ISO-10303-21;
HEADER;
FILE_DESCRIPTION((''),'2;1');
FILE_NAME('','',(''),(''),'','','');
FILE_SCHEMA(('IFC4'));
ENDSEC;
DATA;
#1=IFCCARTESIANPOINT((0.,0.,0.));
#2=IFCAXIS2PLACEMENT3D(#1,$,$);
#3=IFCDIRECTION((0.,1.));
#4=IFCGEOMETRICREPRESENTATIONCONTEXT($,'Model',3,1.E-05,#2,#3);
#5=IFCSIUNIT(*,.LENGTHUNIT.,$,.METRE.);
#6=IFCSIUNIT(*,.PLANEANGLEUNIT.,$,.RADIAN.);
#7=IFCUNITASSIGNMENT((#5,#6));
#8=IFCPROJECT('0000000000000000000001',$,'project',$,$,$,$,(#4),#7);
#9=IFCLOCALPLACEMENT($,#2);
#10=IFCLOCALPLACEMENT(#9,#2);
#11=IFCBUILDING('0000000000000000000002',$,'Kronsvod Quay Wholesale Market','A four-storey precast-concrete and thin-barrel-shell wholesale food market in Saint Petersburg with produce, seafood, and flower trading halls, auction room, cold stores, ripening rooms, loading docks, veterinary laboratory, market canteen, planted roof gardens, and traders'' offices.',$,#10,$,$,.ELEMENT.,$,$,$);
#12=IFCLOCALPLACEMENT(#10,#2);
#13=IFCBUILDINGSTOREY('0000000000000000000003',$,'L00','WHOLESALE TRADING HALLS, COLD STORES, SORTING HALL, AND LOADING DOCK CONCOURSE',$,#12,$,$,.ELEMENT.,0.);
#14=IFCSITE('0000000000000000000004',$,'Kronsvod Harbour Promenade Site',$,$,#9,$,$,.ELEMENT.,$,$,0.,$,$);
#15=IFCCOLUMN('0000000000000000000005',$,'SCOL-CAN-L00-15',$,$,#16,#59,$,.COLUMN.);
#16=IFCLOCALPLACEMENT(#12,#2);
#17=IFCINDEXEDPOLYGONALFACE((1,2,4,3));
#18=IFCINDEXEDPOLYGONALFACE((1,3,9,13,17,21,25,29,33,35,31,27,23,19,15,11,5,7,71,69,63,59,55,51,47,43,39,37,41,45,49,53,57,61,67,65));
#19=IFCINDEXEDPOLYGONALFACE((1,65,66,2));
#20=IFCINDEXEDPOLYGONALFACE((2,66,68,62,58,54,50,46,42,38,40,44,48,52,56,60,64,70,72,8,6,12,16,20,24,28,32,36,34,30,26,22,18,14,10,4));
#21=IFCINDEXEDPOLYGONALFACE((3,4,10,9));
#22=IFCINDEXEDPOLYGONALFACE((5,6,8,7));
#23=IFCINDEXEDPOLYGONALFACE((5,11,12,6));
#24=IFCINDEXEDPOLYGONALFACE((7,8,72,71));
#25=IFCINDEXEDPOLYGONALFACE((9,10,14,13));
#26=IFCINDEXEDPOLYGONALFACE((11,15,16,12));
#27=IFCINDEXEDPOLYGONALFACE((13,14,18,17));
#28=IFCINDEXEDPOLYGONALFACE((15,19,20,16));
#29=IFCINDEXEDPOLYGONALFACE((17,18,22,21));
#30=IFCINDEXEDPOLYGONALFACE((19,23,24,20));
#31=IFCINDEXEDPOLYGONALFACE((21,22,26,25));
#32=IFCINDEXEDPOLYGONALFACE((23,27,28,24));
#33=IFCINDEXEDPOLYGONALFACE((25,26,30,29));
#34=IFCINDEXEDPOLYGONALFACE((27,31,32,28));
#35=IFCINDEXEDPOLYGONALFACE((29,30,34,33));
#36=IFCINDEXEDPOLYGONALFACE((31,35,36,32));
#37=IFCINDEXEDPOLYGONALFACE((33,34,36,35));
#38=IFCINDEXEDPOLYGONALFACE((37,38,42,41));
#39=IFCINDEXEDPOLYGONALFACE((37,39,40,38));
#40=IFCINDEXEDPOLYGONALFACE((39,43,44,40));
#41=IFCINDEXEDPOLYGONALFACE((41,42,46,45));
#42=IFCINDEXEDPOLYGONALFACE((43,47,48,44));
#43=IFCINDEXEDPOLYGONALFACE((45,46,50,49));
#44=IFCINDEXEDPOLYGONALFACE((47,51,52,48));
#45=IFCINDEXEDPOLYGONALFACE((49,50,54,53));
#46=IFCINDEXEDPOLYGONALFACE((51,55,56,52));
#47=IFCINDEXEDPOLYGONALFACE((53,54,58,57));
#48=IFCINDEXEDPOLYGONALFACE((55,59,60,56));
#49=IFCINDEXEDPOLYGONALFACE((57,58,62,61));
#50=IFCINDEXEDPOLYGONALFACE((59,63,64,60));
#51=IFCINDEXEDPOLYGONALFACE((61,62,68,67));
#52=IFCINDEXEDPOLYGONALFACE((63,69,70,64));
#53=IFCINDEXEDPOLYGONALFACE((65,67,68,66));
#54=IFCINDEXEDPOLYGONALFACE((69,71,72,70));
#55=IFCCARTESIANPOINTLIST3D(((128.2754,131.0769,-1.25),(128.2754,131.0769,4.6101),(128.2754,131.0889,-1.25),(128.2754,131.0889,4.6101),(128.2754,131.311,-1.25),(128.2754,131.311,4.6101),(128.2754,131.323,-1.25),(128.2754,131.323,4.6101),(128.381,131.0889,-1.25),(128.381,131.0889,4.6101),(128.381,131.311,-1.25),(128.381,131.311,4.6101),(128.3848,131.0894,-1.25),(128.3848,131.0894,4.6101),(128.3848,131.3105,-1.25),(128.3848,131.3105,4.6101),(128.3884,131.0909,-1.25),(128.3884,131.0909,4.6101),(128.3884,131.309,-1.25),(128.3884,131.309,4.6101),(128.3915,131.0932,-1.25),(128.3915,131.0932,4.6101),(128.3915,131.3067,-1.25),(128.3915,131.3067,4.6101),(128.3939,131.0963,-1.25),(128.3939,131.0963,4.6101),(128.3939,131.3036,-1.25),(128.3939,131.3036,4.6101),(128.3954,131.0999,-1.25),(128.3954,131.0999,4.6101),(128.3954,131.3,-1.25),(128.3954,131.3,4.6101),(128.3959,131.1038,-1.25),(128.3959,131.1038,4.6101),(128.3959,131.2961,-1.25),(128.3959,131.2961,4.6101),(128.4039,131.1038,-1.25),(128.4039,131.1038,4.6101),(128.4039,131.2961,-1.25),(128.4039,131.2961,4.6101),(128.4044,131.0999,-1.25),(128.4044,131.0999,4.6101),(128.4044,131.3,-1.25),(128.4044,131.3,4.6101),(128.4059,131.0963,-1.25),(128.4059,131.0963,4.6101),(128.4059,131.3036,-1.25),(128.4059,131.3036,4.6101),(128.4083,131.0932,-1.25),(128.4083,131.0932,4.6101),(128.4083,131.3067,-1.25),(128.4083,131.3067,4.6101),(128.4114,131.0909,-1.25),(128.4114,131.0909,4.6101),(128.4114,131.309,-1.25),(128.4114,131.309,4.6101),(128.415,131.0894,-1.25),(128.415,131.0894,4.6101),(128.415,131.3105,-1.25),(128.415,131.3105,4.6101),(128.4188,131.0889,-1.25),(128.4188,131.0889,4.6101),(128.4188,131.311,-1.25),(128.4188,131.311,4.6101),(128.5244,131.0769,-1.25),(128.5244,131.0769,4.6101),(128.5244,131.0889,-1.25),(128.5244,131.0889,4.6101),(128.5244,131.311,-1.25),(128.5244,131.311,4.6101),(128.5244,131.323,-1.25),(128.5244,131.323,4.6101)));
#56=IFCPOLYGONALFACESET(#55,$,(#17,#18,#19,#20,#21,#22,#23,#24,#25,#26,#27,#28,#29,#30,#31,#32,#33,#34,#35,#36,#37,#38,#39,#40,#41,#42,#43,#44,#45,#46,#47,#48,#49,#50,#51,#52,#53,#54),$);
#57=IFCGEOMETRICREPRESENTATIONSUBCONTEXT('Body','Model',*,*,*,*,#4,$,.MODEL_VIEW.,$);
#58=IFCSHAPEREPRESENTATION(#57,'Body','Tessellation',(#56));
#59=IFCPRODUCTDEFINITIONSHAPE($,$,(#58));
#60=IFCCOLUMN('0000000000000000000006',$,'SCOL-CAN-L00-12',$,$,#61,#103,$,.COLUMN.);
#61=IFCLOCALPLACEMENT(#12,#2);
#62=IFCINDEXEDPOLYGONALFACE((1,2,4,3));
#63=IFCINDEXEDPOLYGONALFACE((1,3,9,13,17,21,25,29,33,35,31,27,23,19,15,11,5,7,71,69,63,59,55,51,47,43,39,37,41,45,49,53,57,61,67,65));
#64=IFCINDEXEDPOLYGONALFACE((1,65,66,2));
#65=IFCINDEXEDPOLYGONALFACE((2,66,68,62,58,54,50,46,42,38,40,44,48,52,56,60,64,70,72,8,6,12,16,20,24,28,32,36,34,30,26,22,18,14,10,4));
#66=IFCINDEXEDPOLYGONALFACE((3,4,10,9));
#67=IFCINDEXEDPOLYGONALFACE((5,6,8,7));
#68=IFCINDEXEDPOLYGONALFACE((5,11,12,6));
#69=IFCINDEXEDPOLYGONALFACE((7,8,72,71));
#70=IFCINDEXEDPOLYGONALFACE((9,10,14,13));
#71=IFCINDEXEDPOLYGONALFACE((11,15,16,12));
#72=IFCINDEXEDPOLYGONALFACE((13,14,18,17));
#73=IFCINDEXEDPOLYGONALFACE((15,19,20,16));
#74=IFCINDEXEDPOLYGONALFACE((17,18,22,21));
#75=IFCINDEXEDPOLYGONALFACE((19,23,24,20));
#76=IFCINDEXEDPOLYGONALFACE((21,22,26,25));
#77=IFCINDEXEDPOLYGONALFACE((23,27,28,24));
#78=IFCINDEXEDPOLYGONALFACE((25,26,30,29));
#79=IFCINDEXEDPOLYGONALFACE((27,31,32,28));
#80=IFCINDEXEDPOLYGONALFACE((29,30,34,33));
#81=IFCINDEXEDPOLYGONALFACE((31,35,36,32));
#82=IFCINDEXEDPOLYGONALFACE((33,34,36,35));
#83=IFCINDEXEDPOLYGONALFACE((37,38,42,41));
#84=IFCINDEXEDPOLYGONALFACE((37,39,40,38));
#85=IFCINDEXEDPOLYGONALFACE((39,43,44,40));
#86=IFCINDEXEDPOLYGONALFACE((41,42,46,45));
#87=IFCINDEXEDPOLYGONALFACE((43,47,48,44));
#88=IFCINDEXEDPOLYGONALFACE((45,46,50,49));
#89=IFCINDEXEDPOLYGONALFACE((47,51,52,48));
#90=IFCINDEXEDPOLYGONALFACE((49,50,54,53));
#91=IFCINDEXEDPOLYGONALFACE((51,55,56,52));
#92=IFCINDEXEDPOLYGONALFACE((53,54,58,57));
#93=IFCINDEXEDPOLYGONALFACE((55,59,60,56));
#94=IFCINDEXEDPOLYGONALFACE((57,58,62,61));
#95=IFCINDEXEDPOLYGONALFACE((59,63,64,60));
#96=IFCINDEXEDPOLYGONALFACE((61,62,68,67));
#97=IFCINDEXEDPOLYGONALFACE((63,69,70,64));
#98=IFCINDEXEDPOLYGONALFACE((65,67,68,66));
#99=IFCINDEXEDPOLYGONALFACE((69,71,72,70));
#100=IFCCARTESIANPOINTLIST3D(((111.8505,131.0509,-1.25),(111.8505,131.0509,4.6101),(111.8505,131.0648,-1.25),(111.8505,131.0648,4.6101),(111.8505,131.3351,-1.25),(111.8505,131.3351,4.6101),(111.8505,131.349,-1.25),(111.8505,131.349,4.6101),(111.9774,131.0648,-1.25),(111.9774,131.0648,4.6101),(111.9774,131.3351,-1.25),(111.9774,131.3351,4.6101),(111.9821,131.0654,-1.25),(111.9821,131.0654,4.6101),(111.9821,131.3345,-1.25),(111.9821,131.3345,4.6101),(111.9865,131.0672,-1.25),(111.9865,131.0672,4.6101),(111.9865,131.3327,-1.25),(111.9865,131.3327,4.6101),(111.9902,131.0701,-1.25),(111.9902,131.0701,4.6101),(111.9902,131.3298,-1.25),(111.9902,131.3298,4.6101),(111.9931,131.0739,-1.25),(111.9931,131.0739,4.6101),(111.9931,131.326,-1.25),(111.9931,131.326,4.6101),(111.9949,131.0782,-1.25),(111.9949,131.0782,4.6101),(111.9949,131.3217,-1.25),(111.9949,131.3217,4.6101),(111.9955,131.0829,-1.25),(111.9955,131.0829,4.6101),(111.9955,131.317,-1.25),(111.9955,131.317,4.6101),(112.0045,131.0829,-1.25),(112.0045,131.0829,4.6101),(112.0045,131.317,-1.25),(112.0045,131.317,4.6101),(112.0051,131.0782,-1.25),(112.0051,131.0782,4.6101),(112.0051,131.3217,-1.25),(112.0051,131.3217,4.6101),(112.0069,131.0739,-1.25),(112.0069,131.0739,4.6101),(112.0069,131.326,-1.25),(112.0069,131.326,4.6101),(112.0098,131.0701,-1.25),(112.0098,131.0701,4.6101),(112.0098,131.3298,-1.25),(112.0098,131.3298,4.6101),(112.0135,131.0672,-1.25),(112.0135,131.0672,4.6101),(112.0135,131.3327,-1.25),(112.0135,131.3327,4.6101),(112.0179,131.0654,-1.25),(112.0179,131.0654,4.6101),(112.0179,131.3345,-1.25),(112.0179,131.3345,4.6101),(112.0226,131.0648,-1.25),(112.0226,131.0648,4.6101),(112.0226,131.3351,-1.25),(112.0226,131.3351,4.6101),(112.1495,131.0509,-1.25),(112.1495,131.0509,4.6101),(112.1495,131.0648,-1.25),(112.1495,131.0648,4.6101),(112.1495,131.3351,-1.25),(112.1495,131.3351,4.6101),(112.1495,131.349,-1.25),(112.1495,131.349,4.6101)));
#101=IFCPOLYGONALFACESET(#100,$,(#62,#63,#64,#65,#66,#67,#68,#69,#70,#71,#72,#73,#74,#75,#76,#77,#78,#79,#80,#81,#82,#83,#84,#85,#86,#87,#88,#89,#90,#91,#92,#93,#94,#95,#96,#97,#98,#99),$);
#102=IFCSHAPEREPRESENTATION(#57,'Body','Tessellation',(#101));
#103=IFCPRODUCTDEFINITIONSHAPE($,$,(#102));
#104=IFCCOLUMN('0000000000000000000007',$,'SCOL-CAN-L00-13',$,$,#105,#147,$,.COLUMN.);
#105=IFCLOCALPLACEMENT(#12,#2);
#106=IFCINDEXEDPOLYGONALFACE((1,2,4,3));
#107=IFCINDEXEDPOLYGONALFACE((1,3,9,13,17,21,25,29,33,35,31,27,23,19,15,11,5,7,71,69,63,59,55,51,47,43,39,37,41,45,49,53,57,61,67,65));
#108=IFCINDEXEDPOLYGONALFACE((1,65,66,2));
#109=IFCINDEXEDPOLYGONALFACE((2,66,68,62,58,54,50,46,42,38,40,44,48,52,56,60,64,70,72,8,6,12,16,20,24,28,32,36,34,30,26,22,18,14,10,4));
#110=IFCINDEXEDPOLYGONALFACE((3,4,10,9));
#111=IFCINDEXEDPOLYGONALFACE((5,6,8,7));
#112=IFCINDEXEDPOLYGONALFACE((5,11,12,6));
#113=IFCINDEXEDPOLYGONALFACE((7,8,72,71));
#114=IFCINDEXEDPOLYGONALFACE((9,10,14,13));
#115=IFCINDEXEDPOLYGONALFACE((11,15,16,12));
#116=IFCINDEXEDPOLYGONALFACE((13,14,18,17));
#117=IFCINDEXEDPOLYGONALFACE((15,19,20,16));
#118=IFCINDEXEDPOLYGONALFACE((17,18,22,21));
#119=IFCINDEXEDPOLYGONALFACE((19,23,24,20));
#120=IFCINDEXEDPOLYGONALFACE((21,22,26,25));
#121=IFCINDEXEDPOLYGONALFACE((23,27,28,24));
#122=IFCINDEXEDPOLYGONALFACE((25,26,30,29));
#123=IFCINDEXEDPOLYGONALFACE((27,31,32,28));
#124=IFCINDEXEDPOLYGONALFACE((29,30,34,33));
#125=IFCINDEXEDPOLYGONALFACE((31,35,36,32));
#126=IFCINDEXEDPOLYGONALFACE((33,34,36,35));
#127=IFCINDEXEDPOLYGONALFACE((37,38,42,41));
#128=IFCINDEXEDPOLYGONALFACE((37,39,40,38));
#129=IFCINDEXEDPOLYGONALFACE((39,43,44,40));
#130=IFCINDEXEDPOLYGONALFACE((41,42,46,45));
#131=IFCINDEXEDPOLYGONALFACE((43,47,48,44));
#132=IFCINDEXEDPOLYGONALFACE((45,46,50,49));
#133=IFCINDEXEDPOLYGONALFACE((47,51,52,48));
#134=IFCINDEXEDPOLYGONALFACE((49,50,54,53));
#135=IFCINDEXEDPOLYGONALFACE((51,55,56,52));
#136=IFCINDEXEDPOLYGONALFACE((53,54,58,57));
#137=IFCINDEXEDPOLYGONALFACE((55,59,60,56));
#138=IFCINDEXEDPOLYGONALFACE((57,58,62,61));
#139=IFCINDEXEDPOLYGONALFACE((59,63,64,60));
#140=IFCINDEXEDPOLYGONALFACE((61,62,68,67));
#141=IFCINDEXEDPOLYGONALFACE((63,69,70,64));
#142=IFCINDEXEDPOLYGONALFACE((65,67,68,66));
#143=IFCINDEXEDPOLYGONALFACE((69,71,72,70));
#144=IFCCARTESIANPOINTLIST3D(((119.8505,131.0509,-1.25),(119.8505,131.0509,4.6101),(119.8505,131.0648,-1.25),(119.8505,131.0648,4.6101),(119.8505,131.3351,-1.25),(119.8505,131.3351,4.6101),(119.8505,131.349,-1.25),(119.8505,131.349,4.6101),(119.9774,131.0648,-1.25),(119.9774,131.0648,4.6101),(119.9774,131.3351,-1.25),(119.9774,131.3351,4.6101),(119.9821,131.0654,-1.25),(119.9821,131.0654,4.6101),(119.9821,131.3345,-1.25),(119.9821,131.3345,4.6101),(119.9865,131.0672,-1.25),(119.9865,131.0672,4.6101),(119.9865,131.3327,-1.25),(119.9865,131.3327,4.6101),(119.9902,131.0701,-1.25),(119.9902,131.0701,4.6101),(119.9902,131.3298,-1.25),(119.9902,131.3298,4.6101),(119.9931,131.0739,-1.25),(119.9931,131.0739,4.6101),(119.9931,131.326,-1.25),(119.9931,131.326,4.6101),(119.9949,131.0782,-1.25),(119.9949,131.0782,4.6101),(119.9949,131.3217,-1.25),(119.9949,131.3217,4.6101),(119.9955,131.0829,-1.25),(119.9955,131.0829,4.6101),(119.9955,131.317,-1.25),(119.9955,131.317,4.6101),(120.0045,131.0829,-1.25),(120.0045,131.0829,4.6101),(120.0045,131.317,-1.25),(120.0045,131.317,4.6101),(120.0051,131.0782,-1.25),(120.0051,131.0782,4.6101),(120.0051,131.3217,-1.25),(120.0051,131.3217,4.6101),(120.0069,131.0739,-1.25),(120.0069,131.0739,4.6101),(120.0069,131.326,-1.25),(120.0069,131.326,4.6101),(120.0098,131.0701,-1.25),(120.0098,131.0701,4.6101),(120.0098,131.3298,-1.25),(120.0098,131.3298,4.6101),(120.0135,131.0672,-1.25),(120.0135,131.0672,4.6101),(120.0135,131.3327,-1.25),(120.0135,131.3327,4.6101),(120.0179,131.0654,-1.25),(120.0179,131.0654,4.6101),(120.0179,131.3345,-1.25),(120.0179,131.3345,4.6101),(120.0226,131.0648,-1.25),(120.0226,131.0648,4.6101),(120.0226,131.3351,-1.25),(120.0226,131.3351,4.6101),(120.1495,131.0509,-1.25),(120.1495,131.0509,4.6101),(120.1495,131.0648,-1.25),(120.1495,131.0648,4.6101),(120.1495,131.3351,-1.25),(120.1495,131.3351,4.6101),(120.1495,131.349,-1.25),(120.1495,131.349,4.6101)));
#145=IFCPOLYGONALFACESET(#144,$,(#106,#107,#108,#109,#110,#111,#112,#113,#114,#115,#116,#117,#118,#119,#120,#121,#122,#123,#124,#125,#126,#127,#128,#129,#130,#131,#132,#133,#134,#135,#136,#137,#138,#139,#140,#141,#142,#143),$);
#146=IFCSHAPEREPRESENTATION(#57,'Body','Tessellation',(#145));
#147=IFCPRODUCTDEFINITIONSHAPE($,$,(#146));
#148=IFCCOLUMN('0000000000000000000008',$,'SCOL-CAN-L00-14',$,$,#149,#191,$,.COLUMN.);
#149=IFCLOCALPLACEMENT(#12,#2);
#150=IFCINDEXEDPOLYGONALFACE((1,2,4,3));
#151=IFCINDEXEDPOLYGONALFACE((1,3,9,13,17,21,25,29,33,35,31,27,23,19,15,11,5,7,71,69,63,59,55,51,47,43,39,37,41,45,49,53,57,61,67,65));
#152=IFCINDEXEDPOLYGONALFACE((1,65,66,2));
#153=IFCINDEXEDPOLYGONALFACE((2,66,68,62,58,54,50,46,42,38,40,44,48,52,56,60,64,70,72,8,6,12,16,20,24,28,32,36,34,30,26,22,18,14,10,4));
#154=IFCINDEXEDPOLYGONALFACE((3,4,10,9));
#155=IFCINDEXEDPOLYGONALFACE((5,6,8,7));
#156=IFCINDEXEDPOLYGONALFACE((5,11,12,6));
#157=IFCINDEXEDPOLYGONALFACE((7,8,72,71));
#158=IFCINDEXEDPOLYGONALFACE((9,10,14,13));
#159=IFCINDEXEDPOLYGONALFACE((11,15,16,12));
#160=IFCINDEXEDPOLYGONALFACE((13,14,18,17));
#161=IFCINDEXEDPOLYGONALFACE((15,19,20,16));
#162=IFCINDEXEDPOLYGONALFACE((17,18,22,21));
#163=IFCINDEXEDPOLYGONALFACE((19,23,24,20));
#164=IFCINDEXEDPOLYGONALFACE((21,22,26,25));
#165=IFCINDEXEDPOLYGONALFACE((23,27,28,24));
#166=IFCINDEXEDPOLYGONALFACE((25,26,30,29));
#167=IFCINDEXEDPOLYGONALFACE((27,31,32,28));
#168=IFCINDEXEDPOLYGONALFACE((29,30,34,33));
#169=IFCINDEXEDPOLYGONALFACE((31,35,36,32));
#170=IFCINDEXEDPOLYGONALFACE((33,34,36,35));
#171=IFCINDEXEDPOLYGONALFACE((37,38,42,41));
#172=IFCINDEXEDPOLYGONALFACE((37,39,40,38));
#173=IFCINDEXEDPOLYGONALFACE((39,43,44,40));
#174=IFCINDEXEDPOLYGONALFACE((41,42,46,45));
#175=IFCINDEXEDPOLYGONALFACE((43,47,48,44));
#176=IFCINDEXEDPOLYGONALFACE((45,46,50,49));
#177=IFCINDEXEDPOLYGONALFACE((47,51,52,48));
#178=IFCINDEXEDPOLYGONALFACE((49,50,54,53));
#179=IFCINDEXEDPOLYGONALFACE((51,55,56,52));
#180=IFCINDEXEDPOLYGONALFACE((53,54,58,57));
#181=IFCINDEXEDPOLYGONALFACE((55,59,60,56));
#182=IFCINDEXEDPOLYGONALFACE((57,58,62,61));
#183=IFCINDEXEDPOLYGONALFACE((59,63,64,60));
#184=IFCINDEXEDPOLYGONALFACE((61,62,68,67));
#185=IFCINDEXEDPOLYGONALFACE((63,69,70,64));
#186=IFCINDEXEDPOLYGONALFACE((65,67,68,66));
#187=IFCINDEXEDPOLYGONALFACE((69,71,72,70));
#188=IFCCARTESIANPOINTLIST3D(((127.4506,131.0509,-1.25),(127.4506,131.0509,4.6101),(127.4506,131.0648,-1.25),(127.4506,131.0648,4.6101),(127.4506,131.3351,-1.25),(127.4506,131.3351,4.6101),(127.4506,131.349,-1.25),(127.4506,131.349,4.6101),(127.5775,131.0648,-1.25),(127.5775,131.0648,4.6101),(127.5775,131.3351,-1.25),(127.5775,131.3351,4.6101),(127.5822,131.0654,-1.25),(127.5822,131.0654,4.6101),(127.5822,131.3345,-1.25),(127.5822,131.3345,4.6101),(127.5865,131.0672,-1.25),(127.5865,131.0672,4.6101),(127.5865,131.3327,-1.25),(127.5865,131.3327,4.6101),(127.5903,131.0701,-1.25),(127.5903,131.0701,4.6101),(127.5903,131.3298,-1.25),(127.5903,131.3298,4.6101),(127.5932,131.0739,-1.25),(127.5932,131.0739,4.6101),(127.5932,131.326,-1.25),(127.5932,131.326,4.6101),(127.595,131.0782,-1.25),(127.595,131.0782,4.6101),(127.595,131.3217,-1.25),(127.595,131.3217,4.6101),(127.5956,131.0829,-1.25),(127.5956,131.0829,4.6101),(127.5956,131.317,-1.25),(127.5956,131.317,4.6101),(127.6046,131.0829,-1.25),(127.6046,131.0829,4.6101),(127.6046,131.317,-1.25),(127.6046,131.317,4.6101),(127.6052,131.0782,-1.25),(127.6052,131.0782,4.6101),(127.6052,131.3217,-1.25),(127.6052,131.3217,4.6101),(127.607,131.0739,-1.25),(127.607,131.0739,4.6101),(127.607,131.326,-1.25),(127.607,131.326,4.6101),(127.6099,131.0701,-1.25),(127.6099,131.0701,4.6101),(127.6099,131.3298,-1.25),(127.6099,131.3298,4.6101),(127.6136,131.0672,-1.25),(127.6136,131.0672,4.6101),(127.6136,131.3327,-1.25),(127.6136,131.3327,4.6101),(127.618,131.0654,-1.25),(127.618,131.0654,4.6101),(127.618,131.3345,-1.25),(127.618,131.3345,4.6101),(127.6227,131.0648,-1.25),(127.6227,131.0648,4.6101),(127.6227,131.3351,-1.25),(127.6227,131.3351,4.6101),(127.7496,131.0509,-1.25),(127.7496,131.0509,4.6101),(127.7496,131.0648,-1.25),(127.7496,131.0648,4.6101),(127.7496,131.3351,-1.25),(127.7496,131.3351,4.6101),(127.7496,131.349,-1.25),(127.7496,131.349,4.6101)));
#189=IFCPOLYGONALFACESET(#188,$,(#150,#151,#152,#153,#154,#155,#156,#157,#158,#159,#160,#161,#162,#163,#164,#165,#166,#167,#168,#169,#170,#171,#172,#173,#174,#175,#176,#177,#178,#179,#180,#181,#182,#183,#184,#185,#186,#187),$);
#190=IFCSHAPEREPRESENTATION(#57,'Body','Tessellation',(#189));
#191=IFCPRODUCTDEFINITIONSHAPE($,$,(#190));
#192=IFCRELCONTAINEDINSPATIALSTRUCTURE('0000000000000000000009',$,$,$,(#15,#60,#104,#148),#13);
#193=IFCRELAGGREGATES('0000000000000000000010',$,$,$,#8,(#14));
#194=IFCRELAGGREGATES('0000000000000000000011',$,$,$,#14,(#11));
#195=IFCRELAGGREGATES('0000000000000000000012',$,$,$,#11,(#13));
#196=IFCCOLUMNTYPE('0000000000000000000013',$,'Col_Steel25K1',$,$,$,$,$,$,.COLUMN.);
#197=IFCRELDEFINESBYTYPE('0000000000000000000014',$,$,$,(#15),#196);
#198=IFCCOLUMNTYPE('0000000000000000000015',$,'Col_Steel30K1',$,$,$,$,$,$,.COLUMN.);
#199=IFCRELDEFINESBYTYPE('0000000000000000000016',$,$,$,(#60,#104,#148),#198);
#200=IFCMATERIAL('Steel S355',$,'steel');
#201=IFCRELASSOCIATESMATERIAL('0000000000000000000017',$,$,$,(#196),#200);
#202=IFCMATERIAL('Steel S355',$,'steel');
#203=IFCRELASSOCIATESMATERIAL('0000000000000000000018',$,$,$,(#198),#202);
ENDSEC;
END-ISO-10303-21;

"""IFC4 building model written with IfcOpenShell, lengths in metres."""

from ifc_helpers import new_model, si_unit, direction, frame, origin, origin_2d, place, context, subcontext, project, spatial, i_section, extrude, material, material_profile, profile_set, type_object, element, save


model = new_model("IFC4")

# Units and contexts
model_context = context("Model", 3, precision=1e-05, world=origin(), true_north=direction((0.0, 1.0)))
body_context = subcontext(model_context, "Body", "Model", "MODEL_VIEW")
ifc_project = project(units=[si_unit("LENGTHUNIT", "METRE"), si_unit("PLANEANGLEUNIT", "RADIAN")], contexts=[model_context])

# Site, building, storey
site_placement = place(None, origin())
site = spatial("IfcSite", under=ifc_project, at=site_placement, Name="Kronsvod Harbour Promenade Site", CompositionType="ELEMENT", RefElevation=0.0)
building_placement = place(site_placement, origin())
building = spatial("IfcBuilding", under=site, at=building_placement, Name="Kronsvod Quay Wholesale Market", Description="A four-storey precast-concrete and thin-barrel-shell wholesale food market in Saint Petersburg with produce, seafood, and flower trading halls, auction room, cold stores, ripening rooms, loading docks, veterinary laboratory, market canteen, planted roof gardens, and traders' offices.", CompositionType="ELEMENT")
storey_placement = place(building_placement, origin())
storey = spatial("IfcBuildingStorey", under=building, at=storey_placement, Name="L00", Description="WHOLESALE TRADING HALLS, COLD STORES, SORTING HALL, AND LOADING DOCK CONCOURSE", CompositionType="ELEMENT", Elevation=0.0)

# Columns
ifc_material_1 = material(Name="Steel S355", Category="steel")
ifc_material_profile_1 = material_profile(ifc_material_1, i_section(OverallWidth=0.249, OverallDepth=0.2461, WebThickness=0.0081, FlangeThickness=0.012, FilletRadius=0.0149, at=origin_2d()), Name="25K1")
ifc_profile_set_1 = profile_set([ifc_material_profile_1], Name="Steel S355")
column_type_1 = type_object("IfcColumnType", Name="Col_Steel25K1", PredefinedType="COLUMN", material=ifc_profile_set_1)
column_placement = place(storey_placement, frame((128.3999, 131.2, -1.25), z_axis=(0.0, 0.0, 1.0), x_axis=(1.0, 0.0, 0.0)))
element("IfcColumn", 1, at=column_placement, inside=storey, type_object=column_type_1, Name="SCOL-CAN-L00-15", PredefinedType="COLUMN", context=body_context, shape_type="SweptSolid", body=[
    extrude(i_section(OverallWidth=0.249, OverallDepth=0.2461, WebThickness=0.0081, FlangeThickness=0.012, FilletRadius=0.0149, at=origin_2d()), origin(), (0.0, 0.0, 1.0), 5.8601),
])
ifc_material_2 = material(Name="Steel S355", Category="steel")
ifc_material_profile_2 = material_profile(ifc_material_2, i_section(OverallWidth=0.2991, OverallDepth=0.2981, WebThickness=0.009, FlangeThickness=0.0139, FilletRadius=0.0181, at=origin_2d()), Name="30K1")
ifc_profile_set_2 = profile_set([ifc_material_profile_2], Name="Steel S355")
column_type_2 = type_object("IfcColumnType", Name="Col_Steel30K1", PredefinedType="COLUMN", material=ifc_profile_set_2)
for number, where, z_axis, x_axis, name in (
    (2, (112.0, 131.2, -1.25), (0.0, 0.0, 1.0), (1.0, 0.0, 0.0), "SCOL-CAN-L00-12"),
    (3, (120.0, 131.2, -1.25), (0.0, 0.0, 1.0), (1.0, 0.0, 0.0), "SCOL-CAN-L00-13"),
    (4, (127.6001, 131.2, -1.25), (0.0, 0.0, 1.0), (1.0, 0.0, 0.0), "SCOL-CAN-L00-14"),
):
    element("IfcColumn", number, at=place(storey_placement, frame(where, z_axis=z_axis, x_axis=x_axis)), inside=storey, type_object=column_type_2, Name=name, PredefinedType="COLUMN", context=body_context, shape_type="SweptSolid", body=[
        extrude(i_section(OverallWidth=0.2991, OverallDepth=0.2981, WebThickness=0.009, FlangeThickness=0.0139, FilletRadius=0.0181, at=origin_2d()), origin(), (0.0, 0.0, 1.0), 5.8601),
    ])

save(model, "model.ifc")
